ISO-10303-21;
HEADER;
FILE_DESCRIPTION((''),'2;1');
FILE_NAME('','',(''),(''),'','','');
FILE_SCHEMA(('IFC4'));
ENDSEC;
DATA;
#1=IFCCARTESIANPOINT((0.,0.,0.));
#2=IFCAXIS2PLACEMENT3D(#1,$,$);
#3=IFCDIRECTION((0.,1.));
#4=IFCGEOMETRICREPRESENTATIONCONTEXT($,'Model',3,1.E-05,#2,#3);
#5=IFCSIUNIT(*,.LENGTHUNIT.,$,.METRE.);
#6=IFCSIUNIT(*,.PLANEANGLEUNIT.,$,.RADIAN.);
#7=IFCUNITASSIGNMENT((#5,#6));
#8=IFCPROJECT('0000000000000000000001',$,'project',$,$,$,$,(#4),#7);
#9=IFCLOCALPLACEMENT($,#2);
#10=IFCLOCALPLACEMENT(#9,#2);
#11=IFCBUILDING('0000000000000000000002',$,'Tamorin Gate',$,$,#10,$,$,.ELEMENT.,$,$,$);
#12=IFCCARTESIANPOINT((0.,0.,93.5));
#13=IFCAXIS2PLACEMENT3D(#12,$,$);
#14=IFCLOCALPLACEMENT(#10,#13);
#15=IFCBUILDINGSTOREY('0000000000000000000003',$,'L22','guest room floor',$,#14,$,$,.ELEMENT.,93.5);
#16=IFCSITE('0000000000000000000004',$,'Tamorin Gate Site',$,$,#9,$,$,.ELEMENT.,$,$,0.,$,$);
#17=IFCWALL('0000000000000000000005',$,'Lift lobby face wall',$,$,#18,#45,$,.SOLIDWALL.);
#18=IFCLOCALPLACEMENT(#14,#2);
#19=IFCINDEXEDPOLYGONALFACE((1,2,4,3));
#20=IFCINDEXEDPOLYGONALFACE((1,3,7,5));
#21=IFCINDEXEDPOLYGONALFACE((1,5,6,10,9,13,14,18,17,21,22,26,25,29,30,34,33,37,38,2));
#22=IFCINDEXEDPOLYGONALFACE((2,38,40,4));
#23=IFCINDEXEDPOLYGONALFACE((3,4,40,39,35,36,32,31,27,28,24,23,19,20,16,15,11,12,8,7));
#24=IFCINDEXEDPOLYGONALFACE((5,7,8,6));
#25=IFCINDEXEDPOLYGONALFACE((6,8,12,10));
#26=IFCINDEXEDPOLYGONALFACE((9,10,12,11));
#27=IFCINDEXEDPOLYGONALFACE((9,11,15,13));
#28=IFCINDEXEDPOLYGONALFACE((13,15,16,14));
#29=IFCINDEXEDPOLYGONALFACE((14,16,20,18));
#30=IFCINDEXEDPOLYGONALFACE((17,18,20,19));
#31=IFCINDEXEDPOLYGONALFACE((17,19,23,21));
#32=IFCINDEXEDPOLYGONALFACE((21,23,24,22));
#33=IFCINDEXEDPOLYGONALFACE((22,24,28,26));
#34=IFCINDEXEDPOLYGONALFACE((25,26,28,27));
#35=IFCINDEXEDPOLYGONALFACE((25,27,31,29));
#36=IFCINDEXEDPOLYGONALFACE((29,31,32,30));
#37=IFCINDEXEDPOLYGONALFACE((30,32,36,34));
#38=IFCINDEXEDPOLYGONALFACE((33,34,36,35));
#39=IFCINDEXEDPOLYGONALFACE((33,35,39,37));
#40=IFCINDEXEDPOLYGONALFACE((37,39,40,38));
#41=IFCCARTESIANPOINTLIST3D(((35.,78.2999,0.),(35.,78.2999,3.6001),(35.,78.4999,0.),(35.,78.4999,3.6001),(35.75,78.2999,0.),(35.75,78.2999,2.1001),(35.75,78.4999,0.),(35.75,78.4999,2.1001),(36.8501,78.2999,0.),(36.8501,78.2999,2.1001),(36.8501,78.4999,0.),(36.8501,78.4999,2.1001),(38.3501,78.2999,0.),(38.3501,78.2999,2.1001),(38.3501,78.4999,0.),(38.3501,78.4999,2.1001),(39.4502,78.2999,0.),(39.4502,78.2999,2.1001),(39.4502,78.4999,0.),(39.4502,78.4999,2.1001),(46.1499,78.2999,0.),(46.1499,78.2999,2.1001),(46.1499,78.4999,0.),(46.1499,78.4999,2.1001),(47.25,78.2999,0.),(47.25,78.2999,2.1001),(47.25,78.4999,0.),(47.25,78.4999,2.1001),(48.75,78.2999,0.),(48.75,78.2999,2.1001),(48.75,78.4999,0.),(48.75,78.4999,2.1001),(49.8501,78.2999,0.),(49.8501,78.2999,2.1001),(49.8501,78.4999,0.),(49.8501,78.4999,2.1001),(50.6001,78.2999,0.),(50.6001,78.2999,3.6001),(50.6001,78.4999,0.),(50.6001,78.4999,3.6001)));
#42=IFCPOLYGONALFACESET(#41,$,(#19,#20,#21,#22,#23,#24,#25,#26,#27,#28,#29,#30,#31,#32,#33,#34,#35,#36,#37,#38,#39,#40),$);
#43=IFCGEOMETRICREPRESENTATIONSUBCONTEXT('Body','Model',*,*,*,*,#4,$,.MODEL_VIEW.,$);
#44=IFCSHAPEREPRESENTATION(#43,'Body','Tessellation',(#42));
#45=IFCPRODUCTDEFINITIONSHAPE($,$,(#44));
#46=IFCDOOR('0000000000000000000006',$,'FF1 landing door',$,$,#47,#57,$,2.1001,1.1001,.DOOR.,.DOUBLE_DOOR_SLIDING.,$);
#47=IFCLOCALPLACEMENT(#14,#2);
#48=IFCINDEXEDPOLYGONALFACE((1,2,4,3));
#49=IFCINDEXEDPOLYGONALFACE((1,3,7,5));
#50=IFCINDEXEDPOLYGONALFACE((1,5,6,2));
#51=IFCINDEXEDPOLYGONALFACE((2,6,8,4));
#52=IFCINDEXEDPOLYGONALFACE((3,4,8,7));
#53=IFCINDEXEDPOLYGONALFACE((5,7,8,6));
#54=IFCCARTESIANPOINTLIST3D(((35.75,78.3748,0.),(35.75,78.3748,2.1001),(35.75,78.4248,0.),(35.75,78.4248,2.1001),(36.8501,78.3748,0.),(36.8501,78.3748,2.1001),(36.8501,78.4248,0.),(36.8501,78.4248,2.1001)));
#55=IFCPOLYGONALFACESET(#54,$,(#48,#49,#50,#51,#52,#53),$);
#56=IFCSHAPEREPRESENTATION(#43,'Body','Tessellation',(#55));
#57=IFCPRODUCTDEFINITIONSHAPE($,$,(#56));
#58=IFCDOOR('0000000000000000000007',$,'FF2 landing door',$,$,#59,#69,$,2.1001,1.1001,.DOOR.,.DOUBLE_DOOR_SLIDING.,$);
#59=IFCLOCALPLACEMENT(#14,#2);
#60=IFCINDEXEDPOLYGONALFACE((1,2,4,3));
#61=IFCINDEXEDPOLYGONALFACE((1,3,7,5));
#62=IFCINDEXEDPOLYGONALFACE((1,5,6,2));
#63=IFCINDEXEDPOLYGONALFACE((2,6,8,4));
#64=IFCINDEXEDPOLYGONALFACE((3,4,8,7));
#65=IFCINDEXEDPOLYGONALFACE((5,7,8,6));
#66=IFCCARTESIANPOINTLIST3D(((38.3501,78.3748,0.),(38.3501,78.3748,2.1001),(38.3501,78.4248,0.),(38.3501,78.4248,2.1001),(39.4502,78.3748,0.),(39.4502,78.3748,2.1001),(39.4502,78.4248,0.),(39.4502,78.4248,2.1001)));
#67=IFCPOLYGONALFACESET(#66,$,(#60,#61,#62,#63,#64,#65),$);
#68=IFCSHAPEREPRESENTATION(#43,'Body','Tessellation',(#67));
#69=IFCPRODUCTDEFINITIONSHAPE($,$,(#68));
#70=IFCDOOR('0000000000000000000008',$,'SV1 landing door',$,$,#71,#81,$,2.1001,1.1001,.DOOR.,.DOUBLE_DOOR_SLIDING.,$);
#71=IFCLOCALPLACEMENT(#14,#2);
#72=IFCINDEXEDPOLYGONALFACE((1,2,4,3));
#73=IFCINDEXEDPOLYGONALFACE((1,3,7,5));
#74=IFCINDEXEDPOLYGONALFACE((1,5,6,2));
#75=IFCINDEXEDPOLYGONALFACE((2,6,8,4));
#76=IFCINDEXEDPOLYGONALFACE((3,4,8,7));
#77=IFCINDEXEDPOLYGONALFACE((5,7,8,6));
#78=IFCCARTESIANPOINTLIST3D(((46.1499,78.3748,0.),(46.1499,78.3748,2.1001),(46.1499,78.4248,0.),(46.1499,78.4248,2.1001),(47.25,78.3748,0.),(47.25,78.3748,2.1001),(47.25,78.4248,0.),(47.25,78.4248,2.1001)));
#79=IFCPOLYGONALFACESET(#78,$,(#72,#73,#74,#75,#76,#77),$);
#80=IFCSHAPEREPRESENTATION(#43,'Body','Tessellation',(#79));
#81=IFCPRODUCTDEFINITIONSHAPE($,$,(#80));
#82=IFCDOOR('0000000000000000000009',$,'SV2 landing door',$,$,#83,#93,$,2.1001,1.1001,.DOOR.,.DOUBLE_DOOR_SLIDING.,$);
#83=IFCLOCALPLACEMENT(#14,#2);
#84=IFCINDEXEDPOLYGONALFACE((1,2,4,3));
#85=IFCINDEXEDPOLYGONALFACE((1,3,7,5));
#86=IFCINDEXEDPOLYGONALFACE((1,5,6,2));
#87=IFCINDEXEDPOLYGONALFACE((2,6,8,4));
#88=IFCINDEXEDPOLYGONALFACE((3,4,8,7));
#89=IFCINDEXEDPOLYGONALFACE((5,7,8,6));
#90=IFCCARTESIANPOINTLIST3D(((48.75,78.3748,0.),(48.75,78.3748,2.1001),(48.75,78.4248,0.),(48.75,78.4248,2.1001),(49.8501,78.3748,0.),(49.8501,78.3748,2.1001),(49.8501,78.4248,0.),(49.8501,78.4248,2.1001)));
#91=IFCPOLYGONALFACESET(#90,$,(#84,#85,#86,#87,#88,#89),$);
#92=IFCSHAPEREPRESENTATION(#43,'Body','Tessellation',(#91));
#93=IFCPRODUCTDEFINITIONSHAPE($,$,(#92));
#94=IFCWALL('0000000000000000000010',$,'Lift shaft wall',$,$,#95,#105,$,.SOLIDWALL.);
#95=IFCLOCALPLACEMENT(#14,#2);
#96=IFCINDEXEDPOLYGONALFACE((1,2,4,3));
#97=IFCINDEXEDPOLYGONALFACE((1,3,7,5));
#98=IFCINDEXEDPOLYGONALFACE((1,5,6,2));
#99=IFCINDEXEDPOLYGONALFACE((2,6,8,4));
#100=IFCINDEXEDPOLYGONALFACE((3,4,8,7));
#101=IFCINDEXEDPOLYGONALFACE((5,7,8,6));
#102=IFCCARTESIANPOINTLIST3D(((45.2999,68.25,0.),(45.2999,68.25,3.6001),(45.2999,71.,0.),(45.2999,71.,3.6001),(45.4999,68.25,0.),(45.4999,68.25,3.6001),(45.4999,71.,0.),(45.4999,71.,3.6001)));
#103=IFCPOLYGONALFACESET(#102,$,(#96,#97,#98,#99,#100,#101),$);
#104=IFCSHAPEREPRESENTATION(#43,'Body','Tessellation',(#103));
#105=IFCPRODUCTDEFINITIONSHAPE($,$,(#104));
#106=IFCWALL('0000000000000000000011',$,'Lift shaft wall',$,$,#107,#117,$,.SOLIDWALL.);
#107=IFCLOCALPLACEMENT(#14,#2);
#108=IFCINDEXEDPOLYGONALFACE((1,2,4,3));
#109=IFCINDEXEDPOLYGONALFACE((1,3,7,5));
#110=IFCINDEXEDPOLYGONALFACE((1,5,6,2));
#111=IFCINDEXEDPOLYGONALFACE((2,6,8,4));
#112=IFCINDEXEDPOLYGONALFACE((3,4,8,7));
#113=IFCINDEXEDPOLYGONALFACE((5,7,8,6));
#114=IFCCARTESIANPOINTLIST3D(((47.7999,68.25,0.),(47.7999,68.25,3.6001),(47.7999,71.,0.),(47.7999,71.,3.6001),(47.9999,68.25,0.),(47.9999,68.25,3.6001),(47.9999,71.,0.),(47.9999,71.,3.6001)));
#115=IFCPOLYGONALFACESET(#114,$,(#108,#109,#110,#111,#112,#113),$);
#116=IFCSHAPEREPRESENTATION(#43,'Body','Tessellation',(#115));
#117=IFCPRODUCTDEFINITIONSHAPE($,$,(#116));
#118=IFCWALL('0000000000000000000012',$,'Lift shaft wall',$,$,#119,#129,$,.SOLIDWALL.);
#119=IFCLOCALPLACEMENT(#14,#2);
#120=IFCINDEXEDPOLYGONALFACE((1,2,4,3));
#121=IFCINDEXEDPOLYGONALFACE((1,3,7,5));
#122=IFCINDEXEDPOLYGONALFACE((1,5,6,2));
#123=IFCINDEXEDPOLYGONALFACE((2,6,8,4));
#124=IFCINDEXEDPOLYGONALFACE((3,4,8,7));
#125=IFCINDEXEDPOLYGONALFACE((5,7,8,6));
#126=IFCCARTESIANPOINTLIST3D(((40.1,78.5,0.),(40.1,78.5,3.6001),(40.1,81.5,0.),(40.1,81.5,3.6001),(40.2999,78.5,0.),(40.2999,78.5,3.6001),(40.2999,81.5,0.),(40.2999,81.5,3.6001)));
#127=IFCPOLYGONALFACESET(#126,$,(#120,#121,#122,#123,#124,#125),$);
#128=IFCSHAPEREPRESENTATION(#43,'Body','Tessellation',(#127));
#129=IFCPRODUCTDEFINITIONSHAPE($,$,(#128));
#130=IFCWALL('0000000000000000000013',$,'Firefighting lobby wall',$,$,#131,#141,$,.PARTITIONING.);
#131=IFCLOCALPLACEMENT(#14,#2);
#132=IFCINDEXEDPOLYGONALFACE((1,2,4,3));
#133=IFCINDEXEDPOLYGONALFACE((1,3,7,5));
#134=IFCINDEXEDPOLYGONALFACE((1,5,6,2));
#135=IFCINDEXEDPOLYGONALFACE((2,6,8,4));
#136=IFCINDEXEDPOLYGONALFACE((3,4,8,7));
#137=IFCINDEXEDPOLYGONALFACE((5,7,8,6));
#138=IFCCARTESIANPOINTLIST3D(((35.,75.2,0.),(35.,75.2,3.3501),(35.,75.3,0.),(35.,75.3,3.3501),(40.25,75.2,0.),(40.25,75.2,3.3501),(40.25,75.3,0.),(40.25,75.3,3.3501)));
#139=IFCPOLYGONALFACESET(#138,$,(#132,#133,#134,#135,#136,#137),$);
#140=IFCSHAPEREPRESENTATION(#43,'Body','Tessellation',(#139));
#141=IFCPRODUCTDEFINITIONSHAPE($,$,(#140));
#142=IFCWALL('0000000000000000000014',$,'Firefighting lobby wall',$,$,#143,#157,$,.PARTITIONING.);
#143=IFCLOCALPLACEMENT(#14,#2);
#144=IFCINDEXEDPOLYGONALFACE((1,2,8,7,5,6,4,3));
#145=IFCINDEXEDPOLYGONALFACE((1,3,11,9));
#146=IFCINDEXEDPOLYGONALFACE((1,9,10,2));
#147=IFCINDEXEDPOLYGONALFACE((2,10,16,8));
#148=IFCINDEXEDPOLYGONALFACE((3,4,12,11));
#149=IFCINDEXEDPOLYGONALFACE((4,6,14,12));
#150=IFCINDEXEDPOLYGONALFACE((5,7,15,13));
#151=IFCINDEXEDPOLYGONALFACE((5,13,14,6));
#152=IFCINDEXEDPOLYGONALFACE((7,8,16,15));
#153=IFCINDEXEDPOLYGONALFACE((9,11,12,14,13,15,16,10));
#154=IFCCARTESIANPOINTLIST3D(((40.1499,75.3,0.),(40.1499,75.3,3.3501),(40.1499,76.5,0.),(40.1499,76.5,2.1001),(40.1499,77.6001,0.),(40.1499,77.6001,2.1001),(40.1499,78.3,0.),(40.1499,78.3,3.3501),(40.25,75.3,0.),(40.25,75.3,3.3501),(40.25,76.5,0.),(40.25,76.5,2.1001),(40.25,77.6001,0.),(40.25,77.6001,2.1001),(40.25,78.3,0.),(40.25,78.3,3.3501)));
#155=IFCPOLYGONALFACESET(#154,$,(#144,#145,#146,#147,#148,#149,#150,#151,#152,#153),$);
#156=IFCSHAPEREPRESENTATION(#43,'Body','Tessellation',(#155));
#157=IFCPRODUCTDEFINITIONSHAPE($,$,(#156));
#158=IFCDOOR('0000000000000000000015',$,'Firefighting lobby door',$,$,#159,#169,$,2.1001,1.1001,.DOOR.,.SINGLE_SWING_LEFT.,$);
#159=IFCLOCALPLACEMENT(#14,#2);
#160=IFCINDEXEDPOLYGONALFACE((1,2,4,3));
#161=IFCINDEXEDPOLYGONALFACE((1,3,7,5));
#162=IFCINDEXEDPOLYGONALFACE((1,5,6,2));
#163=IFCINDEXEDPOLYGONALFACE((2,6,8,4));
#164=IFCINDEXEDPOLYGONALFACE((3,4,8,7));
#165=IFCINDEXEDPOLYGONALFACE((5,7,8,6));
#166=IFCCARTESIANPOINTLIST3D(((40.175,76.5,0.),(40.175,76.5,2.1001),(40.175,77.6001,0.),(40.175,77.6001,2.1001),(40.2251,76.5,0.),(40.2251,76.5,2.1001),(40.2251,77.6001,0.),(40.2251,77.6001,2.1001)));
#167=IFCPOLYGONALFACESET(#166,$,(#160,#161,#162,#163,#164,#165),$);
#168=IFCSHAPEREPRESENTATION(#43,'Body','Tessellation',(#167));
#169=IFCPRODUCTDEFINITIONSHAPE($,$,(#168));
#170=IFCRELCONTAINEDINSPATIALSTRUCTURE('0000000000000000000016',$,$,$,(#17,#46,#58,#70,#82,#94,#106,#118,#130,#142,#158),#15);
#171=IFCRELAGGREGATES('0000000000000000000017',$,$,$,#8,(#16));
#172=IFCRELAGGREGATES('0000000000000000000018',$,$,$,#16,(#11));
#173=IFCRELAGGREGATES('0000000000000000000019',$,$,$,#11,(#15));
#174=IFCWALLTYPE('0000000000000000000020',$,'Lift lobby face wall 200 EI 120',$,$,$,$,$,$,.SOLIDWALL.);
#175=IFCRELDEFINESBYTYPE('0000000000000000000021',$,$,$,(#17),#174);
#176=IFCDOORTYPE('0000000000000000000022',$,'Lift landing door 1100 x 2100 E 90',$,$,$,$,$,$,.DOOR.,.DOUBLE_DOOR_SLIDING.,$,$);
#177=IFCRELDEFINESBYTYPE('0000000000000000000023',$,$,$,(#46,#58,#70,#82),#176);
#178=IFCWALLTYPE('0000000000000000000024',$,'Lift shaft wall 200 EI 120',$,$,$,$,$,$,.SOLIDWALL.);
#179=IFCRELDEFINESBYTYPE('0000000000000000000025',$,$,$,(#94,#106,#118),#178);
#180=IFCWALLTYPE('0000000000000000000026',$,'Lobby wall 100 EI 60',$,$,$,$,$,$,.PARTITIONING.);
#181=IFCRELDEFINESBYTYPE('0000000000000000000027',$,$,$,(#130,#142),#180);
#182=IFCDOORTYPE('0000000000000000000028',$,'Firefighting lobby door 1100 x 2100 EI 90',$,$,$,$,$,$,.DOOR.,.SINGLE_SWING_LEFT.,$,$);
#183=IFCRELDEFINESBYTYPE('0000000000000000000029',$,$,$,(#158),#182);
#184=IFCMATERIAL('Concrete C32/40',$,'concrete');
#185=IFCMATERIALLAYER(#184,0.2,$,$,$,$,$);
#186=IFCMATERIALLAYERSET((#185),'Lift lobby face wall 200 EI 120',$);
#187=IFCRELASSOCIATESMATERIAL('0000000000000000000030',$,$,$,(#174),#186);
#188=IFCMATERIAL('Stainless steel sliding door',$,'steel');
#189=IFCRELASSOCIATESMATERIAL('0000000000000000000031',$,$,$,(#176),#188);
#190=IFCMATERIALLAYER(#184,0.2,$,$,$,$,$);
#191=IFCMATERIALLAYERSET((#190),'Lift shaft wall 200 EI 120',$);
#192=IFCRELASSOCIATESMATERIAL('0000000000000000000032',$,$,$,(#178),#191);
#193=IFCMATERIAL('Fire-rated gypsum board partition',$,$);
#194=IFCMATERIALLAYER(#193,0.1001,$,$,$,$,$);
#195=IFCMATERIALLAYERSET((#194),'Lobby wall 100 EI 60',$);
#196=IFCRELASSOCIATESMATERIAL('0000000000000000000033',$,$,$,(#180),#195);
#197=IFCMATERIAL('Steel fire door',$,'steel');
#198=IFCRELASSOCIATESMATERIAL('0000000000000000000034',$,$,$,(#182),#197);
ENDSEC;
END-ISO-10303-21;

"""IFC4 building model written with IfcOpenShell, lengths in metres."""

from ifc_helpers import new_model, si_unit, direction, frame, frame_2d, origin, place, context, subcontext, project, spatial, rectangle, extrude, material, layer, layer_set, type_object, element, fill, save


model = new_model("IFC4")

# Units and contexts
model_context = context("Model", 3, precision=1e-05, world=origin(), true_north=direction((0.0, 1.0)))
body_context = subcontext(model_context, "Body", "Model", "MODEL_VIEW")
ifc_project = project(units=[si_unit("LENGTHUNIT", "METRE"), si_unit("PLANEANGLEUNIT", "RADIAN")], contexts=[model_context])

# Site, building, storey
site_placement = place(None, origin())
site = spatial("IfcSite", under=ifc_project, at=site_placement, Name="Tamorin Gate Site", CompositionType="ELEMENT", RefElevation=0.0)
building_placement = place(site_placement, origin())
building = spatial("IfcBuilding", under=site, at=building_placement, Name="Tamorin Gate", CompositionType="ELEMENT")
storey_placement = place(building_placement, frame((0.0, 0.0, 93.5)))
storey = spatial("IfcBuildingStorey", under=building, at=storey_placement, Name="L22", Description="guest room floor", CompositionType="ELEMENT", Elevation=93.5)

# Wall, openings, doors
ifc_material_1 = material(Name="Concrete C32/40", Category="concrete")
ifc_layer_1 = layer(ifc_material_1, 0.2)
ifc_layer_set_1 = layer_set([ifc_layer_1], Name="Lift lobby face wall 200 EI 120")
wall_type_1 = type_object("IfcWallType", Name="Lift lobby face wall 200 EI 120", PredefinedType="SOLIDWALL", material=ifc_layer_set_1)
wall_1_placement = place(storey_placement, frame((35.0, 78.3999, 0.0), z_axis=(0.0, 0.0, 1.0), x_axis=(1.0, 0.0, 0.0)))
wall_1 = element("IfcWall", 1, at=wall_1_placement, inside=storey, type_object=wall_type_1, Name="Lift lobby face wall", PredefinedType="SOLIDWALL", context=body_context, shape_type="SweptSolid", body=[
    extrude(rectangle(XDim=15.6001, YDim=0.2, at=frame_2d((7.8, 0.0))), origin(), (0.0, 0.0, 1.0), 3.6001),
])
opening_1_placement = place(wall_1_placement, frame((0.75, 0.0, 0.0)))
opening_1 = element("IfcOpeningElement", 2, at=opening_1_placement, cuts=wall_1, PredefinedType="OPENING", context=body_context, shape_type="SweptSolid", body=[
    extrude(rectangle(XDim=1.1001, YDim=2.1001, at=frame_2d((0.55, 1.05))), frame((0.0, 0.1099, 0.0), z_axis=(0.0, -1.0, 0.0), x_axis=(1.0, 0.0, 0.0)), (0.0, 0.0, 1.0), 0.22),
])
opening_2_placement = place(wall_1_placement, frame((3.3501, 0.0, 0.0)))
opening_2 = element("IfcOpeningElement", 3, at=opening_2_placement, cuts=wall_1, PredefinedType="OPENING", context=body_context, shape_type="SweptSolid", body=[
    extrude(rectangle(XDim=1.1001, YDim=2.1001, at=frame_2d((0.55, 1.05))), frame((0.0, 0.1099, 0.0), z_axis=(0.0, -1.0, 0.0), x_axis=(1.0, 0.0, 0.0)), (0.0, 0.0, 1.0), 0.22),
])
opening_3_placement = place(wall_1_placement, frame((11.1499, 0.0, 0.0)))
opening_3 = element("IfcOpeningElement", 4, at=opening_3_placement, cuts=wall_1, PredefinedType="OPENING", context=body_context, shape_type="SweptSolid", body=[
    extrude(rectangle(XDim=1.1001, YDim=2.1001, at=frame_2d((0.55, 1.05))), frame((0.0, 0.1099, 0.0), z_axis=(0.0, -1.0, 0.0), x_axis=(1.0, 0.0, 0.0)), (0.0, 0.0, 1.0), 0.22),
])
opening_4_placement = place(wall_1_placement, frame((13.75, 0.0, 0.0)))
opening_4 = element("IfcOpeningElement", 5, at=opening_4_placement, cuts=wall_1, PredefinedType="OPENING", context=body_context, shape_type="SweptSolid", body=[
    extrude(rectangle(XDim=1.1001, YDim=2.1001, at=frame_2d((0.55, 1.05))), frame((0.0, 0.1099, 0.0), z_axis=(0.0, -1.0, 0.0), x_axis=(1.0, 0.0, 0.0)), (0.0, 0.0, 1.0), 0.22),
])
ifc_material_2 = material(Name="Stainless steel sliding door", Category="steel")
door_type_1 = type_object("IfcDoorType", Name="Lift landing door 1100 x 2100 E 90", OperationType="DOUBLE_DOOR_SLIDING", PredefinedType="DOOR", material=ifc_material_2)
door_1_placement = place(opening_1_placement, origin())
door_1 = element("IfcDoor", 6, at=door_1_placement, inside=storey, type_object=door_type_1, Name="FF1 landing door", OperationType="DOUBLE_DOOR_SLIDING", OverallHeight=2.1001, OverallWidth=1.1001, PredefinedType="DOOR", context=body_context, shape_type="SweptSolid", body=[
    extrude(rectangle(XDim=1.1001, YDim=2.1001, at=frame_2d((0.55, 1.05))), frame((0.0, 0.0249, 0.0), z_axis=(0.0, -1.0, 0.0), x_axis=(1.0, 0.0, 0.0)), (0.0, 0.0, 1.0), 0.05),
])
fill(opening_1, door_1)
door_2_placement = place(opening_2_placement, origin())
door_2 = element("IfcDoor", 7, at=door_2_placement, inside=storey, type_object=door_type_1, Name="FF2 landing door", OperationType="DOUBLE_DOOR_SLIDING", OverallHeight=2.1001, OverallWidth=1.1001, PredefinedType="DOOR", context=body_context, shape_type="SweptSolid", body=[
    extrude(rectangle(XDim=1.1001, YDim=2.1001, at=frame_2d((0.55, 1.05))), frame((0.0, 0.0249, 0.0), z_axis=(0.0, -1.0, 0.0), x_axis=(1.0, 0.0, 0.0)), (0.0, 0.0, 1.0), 0.05),
])
fill(opening_2, door_2)
door_3_placement = place(opening_3_placement, origin())
door_3 = element("IfcDoor", 8, at=door_3_placement, inside=storey, type_object=door_type_1, Name="SV1 landing door", OperationType="DOUBLE_DOOR_SLIDING", OverallHeight=2.1001, OverallWidth=1.1001, PredefinedType="DOOR", context=body_context, shape_type="SweptSolid", body=[
    extrude(rectangle(XDim=1.1001, YDim=2.1001, at=frame_2d((0.55, 1.05))), frame((0.0, 0.0249, 0.0), z_axis=(0.0, -1.0, 0.0), x_axis=(1.0, 0.0, 0.0)), (0.0, 0.0, 1.0), 0.05),
])
fill(opening_3, door_3)
door_4_placement = place(opening_4_placement, origin())
door_4 = element("IfcDoor", 9, at=door_4_placement, inside=storey, type_object=door_type_1, Name="SV2 landing door", OperationType="DOUBLE_DOOR_SLIDING", OverallHeight=2.1001, OverallWidth=1.1001, PredefinedType="DOOR", context=body_context, shape_type="SweptSolid", body=[
    extrude(rectangle(XDim=1.1001, YDim=2.1001, at=frame_2d((0.55, 1.05))), frame((0.0, 0.0249, 0.0), z_axis=(0.0, -1.0, 0.0), x_axis=(1.0, 0.0, 0.0)), (0.0, 0.0, 1.0), 0.05),
])
fill(opening_4, door_4)

# Walls
ifc_layer_2 = layer(ifc_material_1, 0.2)
ifc_layer_set_2 = layer_set([ifc_layer_2], Name="Lift shaft wall 200 EI 120")
wall_type_2 = type_object("IfcWallType", Name="Lift shaft wall 200 EI 120", PredefinedType="SOLIDWALL", material=ifc_layer_set_2)
for number, where, z_axis, x_axis, name in (
    (10, (45.3999, 68.25, 0.0), (0.0, 0.0, 1.0), (0.0, 1.0, 0.0), "Lift shaft wall"),
    (11, (47.8999, 68.25, 0.0), (0.0, 0.0, 1.0), (0.0, 1.0, 0.0), "Lift shaft wall"),
):
    element("IfcWall", number, at=place(storey_placement, frame(where, z_axis=z_axis, x_axis=x_axis)), inside=storey, type_object=wall_type_2, Name=name, PredefinedType="SOLIDWALL", context=body_context, shape_type="SweptSolid", body=[
        extrude(rectangle(XDim=2.75, YDim=0.2, at=frame_2d((1.375, 0.0))), origin(), (0.0, 0.0, 1.0), 3.6001),
    ])
wall_2_placement = place(storey_placement, frame((40.2, 78.5, 0.0), z_axis=(0.0, 0.0, 1.0), x_axis=(0.0, 1.0, 0.0)))
element("IfcWall", 12, at=wall_2_placement, inside=storey, type_object=wall_type_2, Name="Lift shaft wall", PredefinedType="SOLIDWALL", context=body_context, shape_type="SweptSolid", body=[
    extrude(rectangle(XDim=3.0, YDim=0.2, at=frame_2d((1.5, 0.0))), origin(), (0.0, 0.0, 1.0), 3.6001),
])
ifc_material_3 = material(Name="Fire-rated gypsum board partition")
ifc_layer_3 = layer(ifc_material_3, 0.1001)
ifc_layer_set_3 = layer_set([ifc_layer_3], Name="Lobby wall 100 EI 60")
wall_type_3 = type_object("IfcWallType", Name="Lobby wall 100 EI 60", PredefinedType="PARTITIONING", material=ifc_layer_set_3)
wall_3_placement = place(storey_placement, frame((35.0, 75.25, 0.0), z_axis=(0.0, 0.0, 1.0), x_axis=(1.0, 0.0, 0.0)))
element("IfcWall", 13, at=wall_3_placement, inside=storey, type_object=wall_type_3, Name="Firefighting lobby wall", PredefinedType="PARTITIONING", context=body_context, shape_type="SweptSolid", body=[
    extrude(rectangle(XDim=5.25, YDim=0.1001, at=frame_2d((2.625, 0.0))), origin(), (0.0, 0.0, 1.0), 3.3501),
])

# Wall, opening, door
wall_4_placement = place(storey_placement, frame((40.2, 75.3, 0.0), z_axis=(0.0, 0.0, 1.0), x_axis=(0.0, 1.0, 0.0)))
wall_4 = element("IfcWall", 14, at=wall_4_placement, inside=storey, type_object=wall_type_3, Name="Firefighting lobby wall", PredefinedType="PARTITIONING", context=body_context, shape_type="SweptSolid", body=[
    extrude(rectangle(XDim=3.0, YDim=0.1001, at=frame_2d((1.5, 0.0))), origin(), (0.0, 0.0, 1.0), 3.3501),
])
opening_5_placement = place(wall_4_placement, frame((1.2, 0.0, 0.0)))
opening_5 = element("IfcOpeningElement", 15, at=opening_5_placement, cuts=wall_4, PredefinedType="OPENING", context=body_context, shape_type="SweptSolid", body=[
    extrude(rectangle(XDim=1.1001, YDim=2.1001, at=frame_2d((0.55, 1.05))), frame((0.0, 0.0601, 0.0), z_axis=(0.0, -1.0, 0.0), x_axis=(1.0, 0.0, 0.0)), (0.0, 0.0, 1.0), 0.1201),
])
ifc_material_4 = material(Name="Steel fire door", Category="steel")
door_type_2 = type_object("IfcDoorType", Name="Firefighting lobby door 1100 x 2100 EI 90", OperationType="SINGLE_SWING_LEFT", PredefinedType="DOOR", material=ifc_material_4)
door_5_placement = place(opening_5_placement, origin())
door_5 = element("IfcDoor", 16, at=door_5_placement, inside=storey, type_object=door_type_2, Name="Firefighting lobby door", OperationType="SINGLE_SWING_LEFT", OverallHeight=2.1001, OverallWidth=1.1001, PredefinedType="DOOR", context=body_context, shape_type="SweptSolid", body=[
    extrude(rectangle(XDim=1.1001, YDim=2.1001, at=frame_2d((0.55, 1.05))), frame((0.0, 0.0249, 0.0), z_axis=(0.0, -1.0, 0.0), x_axis=(1.0, 0.0, 0.0)), (0.0, 0.0, 1.0), 0.05),
])
fill(opening_5, door_5)

save(model, "model.ifc")
